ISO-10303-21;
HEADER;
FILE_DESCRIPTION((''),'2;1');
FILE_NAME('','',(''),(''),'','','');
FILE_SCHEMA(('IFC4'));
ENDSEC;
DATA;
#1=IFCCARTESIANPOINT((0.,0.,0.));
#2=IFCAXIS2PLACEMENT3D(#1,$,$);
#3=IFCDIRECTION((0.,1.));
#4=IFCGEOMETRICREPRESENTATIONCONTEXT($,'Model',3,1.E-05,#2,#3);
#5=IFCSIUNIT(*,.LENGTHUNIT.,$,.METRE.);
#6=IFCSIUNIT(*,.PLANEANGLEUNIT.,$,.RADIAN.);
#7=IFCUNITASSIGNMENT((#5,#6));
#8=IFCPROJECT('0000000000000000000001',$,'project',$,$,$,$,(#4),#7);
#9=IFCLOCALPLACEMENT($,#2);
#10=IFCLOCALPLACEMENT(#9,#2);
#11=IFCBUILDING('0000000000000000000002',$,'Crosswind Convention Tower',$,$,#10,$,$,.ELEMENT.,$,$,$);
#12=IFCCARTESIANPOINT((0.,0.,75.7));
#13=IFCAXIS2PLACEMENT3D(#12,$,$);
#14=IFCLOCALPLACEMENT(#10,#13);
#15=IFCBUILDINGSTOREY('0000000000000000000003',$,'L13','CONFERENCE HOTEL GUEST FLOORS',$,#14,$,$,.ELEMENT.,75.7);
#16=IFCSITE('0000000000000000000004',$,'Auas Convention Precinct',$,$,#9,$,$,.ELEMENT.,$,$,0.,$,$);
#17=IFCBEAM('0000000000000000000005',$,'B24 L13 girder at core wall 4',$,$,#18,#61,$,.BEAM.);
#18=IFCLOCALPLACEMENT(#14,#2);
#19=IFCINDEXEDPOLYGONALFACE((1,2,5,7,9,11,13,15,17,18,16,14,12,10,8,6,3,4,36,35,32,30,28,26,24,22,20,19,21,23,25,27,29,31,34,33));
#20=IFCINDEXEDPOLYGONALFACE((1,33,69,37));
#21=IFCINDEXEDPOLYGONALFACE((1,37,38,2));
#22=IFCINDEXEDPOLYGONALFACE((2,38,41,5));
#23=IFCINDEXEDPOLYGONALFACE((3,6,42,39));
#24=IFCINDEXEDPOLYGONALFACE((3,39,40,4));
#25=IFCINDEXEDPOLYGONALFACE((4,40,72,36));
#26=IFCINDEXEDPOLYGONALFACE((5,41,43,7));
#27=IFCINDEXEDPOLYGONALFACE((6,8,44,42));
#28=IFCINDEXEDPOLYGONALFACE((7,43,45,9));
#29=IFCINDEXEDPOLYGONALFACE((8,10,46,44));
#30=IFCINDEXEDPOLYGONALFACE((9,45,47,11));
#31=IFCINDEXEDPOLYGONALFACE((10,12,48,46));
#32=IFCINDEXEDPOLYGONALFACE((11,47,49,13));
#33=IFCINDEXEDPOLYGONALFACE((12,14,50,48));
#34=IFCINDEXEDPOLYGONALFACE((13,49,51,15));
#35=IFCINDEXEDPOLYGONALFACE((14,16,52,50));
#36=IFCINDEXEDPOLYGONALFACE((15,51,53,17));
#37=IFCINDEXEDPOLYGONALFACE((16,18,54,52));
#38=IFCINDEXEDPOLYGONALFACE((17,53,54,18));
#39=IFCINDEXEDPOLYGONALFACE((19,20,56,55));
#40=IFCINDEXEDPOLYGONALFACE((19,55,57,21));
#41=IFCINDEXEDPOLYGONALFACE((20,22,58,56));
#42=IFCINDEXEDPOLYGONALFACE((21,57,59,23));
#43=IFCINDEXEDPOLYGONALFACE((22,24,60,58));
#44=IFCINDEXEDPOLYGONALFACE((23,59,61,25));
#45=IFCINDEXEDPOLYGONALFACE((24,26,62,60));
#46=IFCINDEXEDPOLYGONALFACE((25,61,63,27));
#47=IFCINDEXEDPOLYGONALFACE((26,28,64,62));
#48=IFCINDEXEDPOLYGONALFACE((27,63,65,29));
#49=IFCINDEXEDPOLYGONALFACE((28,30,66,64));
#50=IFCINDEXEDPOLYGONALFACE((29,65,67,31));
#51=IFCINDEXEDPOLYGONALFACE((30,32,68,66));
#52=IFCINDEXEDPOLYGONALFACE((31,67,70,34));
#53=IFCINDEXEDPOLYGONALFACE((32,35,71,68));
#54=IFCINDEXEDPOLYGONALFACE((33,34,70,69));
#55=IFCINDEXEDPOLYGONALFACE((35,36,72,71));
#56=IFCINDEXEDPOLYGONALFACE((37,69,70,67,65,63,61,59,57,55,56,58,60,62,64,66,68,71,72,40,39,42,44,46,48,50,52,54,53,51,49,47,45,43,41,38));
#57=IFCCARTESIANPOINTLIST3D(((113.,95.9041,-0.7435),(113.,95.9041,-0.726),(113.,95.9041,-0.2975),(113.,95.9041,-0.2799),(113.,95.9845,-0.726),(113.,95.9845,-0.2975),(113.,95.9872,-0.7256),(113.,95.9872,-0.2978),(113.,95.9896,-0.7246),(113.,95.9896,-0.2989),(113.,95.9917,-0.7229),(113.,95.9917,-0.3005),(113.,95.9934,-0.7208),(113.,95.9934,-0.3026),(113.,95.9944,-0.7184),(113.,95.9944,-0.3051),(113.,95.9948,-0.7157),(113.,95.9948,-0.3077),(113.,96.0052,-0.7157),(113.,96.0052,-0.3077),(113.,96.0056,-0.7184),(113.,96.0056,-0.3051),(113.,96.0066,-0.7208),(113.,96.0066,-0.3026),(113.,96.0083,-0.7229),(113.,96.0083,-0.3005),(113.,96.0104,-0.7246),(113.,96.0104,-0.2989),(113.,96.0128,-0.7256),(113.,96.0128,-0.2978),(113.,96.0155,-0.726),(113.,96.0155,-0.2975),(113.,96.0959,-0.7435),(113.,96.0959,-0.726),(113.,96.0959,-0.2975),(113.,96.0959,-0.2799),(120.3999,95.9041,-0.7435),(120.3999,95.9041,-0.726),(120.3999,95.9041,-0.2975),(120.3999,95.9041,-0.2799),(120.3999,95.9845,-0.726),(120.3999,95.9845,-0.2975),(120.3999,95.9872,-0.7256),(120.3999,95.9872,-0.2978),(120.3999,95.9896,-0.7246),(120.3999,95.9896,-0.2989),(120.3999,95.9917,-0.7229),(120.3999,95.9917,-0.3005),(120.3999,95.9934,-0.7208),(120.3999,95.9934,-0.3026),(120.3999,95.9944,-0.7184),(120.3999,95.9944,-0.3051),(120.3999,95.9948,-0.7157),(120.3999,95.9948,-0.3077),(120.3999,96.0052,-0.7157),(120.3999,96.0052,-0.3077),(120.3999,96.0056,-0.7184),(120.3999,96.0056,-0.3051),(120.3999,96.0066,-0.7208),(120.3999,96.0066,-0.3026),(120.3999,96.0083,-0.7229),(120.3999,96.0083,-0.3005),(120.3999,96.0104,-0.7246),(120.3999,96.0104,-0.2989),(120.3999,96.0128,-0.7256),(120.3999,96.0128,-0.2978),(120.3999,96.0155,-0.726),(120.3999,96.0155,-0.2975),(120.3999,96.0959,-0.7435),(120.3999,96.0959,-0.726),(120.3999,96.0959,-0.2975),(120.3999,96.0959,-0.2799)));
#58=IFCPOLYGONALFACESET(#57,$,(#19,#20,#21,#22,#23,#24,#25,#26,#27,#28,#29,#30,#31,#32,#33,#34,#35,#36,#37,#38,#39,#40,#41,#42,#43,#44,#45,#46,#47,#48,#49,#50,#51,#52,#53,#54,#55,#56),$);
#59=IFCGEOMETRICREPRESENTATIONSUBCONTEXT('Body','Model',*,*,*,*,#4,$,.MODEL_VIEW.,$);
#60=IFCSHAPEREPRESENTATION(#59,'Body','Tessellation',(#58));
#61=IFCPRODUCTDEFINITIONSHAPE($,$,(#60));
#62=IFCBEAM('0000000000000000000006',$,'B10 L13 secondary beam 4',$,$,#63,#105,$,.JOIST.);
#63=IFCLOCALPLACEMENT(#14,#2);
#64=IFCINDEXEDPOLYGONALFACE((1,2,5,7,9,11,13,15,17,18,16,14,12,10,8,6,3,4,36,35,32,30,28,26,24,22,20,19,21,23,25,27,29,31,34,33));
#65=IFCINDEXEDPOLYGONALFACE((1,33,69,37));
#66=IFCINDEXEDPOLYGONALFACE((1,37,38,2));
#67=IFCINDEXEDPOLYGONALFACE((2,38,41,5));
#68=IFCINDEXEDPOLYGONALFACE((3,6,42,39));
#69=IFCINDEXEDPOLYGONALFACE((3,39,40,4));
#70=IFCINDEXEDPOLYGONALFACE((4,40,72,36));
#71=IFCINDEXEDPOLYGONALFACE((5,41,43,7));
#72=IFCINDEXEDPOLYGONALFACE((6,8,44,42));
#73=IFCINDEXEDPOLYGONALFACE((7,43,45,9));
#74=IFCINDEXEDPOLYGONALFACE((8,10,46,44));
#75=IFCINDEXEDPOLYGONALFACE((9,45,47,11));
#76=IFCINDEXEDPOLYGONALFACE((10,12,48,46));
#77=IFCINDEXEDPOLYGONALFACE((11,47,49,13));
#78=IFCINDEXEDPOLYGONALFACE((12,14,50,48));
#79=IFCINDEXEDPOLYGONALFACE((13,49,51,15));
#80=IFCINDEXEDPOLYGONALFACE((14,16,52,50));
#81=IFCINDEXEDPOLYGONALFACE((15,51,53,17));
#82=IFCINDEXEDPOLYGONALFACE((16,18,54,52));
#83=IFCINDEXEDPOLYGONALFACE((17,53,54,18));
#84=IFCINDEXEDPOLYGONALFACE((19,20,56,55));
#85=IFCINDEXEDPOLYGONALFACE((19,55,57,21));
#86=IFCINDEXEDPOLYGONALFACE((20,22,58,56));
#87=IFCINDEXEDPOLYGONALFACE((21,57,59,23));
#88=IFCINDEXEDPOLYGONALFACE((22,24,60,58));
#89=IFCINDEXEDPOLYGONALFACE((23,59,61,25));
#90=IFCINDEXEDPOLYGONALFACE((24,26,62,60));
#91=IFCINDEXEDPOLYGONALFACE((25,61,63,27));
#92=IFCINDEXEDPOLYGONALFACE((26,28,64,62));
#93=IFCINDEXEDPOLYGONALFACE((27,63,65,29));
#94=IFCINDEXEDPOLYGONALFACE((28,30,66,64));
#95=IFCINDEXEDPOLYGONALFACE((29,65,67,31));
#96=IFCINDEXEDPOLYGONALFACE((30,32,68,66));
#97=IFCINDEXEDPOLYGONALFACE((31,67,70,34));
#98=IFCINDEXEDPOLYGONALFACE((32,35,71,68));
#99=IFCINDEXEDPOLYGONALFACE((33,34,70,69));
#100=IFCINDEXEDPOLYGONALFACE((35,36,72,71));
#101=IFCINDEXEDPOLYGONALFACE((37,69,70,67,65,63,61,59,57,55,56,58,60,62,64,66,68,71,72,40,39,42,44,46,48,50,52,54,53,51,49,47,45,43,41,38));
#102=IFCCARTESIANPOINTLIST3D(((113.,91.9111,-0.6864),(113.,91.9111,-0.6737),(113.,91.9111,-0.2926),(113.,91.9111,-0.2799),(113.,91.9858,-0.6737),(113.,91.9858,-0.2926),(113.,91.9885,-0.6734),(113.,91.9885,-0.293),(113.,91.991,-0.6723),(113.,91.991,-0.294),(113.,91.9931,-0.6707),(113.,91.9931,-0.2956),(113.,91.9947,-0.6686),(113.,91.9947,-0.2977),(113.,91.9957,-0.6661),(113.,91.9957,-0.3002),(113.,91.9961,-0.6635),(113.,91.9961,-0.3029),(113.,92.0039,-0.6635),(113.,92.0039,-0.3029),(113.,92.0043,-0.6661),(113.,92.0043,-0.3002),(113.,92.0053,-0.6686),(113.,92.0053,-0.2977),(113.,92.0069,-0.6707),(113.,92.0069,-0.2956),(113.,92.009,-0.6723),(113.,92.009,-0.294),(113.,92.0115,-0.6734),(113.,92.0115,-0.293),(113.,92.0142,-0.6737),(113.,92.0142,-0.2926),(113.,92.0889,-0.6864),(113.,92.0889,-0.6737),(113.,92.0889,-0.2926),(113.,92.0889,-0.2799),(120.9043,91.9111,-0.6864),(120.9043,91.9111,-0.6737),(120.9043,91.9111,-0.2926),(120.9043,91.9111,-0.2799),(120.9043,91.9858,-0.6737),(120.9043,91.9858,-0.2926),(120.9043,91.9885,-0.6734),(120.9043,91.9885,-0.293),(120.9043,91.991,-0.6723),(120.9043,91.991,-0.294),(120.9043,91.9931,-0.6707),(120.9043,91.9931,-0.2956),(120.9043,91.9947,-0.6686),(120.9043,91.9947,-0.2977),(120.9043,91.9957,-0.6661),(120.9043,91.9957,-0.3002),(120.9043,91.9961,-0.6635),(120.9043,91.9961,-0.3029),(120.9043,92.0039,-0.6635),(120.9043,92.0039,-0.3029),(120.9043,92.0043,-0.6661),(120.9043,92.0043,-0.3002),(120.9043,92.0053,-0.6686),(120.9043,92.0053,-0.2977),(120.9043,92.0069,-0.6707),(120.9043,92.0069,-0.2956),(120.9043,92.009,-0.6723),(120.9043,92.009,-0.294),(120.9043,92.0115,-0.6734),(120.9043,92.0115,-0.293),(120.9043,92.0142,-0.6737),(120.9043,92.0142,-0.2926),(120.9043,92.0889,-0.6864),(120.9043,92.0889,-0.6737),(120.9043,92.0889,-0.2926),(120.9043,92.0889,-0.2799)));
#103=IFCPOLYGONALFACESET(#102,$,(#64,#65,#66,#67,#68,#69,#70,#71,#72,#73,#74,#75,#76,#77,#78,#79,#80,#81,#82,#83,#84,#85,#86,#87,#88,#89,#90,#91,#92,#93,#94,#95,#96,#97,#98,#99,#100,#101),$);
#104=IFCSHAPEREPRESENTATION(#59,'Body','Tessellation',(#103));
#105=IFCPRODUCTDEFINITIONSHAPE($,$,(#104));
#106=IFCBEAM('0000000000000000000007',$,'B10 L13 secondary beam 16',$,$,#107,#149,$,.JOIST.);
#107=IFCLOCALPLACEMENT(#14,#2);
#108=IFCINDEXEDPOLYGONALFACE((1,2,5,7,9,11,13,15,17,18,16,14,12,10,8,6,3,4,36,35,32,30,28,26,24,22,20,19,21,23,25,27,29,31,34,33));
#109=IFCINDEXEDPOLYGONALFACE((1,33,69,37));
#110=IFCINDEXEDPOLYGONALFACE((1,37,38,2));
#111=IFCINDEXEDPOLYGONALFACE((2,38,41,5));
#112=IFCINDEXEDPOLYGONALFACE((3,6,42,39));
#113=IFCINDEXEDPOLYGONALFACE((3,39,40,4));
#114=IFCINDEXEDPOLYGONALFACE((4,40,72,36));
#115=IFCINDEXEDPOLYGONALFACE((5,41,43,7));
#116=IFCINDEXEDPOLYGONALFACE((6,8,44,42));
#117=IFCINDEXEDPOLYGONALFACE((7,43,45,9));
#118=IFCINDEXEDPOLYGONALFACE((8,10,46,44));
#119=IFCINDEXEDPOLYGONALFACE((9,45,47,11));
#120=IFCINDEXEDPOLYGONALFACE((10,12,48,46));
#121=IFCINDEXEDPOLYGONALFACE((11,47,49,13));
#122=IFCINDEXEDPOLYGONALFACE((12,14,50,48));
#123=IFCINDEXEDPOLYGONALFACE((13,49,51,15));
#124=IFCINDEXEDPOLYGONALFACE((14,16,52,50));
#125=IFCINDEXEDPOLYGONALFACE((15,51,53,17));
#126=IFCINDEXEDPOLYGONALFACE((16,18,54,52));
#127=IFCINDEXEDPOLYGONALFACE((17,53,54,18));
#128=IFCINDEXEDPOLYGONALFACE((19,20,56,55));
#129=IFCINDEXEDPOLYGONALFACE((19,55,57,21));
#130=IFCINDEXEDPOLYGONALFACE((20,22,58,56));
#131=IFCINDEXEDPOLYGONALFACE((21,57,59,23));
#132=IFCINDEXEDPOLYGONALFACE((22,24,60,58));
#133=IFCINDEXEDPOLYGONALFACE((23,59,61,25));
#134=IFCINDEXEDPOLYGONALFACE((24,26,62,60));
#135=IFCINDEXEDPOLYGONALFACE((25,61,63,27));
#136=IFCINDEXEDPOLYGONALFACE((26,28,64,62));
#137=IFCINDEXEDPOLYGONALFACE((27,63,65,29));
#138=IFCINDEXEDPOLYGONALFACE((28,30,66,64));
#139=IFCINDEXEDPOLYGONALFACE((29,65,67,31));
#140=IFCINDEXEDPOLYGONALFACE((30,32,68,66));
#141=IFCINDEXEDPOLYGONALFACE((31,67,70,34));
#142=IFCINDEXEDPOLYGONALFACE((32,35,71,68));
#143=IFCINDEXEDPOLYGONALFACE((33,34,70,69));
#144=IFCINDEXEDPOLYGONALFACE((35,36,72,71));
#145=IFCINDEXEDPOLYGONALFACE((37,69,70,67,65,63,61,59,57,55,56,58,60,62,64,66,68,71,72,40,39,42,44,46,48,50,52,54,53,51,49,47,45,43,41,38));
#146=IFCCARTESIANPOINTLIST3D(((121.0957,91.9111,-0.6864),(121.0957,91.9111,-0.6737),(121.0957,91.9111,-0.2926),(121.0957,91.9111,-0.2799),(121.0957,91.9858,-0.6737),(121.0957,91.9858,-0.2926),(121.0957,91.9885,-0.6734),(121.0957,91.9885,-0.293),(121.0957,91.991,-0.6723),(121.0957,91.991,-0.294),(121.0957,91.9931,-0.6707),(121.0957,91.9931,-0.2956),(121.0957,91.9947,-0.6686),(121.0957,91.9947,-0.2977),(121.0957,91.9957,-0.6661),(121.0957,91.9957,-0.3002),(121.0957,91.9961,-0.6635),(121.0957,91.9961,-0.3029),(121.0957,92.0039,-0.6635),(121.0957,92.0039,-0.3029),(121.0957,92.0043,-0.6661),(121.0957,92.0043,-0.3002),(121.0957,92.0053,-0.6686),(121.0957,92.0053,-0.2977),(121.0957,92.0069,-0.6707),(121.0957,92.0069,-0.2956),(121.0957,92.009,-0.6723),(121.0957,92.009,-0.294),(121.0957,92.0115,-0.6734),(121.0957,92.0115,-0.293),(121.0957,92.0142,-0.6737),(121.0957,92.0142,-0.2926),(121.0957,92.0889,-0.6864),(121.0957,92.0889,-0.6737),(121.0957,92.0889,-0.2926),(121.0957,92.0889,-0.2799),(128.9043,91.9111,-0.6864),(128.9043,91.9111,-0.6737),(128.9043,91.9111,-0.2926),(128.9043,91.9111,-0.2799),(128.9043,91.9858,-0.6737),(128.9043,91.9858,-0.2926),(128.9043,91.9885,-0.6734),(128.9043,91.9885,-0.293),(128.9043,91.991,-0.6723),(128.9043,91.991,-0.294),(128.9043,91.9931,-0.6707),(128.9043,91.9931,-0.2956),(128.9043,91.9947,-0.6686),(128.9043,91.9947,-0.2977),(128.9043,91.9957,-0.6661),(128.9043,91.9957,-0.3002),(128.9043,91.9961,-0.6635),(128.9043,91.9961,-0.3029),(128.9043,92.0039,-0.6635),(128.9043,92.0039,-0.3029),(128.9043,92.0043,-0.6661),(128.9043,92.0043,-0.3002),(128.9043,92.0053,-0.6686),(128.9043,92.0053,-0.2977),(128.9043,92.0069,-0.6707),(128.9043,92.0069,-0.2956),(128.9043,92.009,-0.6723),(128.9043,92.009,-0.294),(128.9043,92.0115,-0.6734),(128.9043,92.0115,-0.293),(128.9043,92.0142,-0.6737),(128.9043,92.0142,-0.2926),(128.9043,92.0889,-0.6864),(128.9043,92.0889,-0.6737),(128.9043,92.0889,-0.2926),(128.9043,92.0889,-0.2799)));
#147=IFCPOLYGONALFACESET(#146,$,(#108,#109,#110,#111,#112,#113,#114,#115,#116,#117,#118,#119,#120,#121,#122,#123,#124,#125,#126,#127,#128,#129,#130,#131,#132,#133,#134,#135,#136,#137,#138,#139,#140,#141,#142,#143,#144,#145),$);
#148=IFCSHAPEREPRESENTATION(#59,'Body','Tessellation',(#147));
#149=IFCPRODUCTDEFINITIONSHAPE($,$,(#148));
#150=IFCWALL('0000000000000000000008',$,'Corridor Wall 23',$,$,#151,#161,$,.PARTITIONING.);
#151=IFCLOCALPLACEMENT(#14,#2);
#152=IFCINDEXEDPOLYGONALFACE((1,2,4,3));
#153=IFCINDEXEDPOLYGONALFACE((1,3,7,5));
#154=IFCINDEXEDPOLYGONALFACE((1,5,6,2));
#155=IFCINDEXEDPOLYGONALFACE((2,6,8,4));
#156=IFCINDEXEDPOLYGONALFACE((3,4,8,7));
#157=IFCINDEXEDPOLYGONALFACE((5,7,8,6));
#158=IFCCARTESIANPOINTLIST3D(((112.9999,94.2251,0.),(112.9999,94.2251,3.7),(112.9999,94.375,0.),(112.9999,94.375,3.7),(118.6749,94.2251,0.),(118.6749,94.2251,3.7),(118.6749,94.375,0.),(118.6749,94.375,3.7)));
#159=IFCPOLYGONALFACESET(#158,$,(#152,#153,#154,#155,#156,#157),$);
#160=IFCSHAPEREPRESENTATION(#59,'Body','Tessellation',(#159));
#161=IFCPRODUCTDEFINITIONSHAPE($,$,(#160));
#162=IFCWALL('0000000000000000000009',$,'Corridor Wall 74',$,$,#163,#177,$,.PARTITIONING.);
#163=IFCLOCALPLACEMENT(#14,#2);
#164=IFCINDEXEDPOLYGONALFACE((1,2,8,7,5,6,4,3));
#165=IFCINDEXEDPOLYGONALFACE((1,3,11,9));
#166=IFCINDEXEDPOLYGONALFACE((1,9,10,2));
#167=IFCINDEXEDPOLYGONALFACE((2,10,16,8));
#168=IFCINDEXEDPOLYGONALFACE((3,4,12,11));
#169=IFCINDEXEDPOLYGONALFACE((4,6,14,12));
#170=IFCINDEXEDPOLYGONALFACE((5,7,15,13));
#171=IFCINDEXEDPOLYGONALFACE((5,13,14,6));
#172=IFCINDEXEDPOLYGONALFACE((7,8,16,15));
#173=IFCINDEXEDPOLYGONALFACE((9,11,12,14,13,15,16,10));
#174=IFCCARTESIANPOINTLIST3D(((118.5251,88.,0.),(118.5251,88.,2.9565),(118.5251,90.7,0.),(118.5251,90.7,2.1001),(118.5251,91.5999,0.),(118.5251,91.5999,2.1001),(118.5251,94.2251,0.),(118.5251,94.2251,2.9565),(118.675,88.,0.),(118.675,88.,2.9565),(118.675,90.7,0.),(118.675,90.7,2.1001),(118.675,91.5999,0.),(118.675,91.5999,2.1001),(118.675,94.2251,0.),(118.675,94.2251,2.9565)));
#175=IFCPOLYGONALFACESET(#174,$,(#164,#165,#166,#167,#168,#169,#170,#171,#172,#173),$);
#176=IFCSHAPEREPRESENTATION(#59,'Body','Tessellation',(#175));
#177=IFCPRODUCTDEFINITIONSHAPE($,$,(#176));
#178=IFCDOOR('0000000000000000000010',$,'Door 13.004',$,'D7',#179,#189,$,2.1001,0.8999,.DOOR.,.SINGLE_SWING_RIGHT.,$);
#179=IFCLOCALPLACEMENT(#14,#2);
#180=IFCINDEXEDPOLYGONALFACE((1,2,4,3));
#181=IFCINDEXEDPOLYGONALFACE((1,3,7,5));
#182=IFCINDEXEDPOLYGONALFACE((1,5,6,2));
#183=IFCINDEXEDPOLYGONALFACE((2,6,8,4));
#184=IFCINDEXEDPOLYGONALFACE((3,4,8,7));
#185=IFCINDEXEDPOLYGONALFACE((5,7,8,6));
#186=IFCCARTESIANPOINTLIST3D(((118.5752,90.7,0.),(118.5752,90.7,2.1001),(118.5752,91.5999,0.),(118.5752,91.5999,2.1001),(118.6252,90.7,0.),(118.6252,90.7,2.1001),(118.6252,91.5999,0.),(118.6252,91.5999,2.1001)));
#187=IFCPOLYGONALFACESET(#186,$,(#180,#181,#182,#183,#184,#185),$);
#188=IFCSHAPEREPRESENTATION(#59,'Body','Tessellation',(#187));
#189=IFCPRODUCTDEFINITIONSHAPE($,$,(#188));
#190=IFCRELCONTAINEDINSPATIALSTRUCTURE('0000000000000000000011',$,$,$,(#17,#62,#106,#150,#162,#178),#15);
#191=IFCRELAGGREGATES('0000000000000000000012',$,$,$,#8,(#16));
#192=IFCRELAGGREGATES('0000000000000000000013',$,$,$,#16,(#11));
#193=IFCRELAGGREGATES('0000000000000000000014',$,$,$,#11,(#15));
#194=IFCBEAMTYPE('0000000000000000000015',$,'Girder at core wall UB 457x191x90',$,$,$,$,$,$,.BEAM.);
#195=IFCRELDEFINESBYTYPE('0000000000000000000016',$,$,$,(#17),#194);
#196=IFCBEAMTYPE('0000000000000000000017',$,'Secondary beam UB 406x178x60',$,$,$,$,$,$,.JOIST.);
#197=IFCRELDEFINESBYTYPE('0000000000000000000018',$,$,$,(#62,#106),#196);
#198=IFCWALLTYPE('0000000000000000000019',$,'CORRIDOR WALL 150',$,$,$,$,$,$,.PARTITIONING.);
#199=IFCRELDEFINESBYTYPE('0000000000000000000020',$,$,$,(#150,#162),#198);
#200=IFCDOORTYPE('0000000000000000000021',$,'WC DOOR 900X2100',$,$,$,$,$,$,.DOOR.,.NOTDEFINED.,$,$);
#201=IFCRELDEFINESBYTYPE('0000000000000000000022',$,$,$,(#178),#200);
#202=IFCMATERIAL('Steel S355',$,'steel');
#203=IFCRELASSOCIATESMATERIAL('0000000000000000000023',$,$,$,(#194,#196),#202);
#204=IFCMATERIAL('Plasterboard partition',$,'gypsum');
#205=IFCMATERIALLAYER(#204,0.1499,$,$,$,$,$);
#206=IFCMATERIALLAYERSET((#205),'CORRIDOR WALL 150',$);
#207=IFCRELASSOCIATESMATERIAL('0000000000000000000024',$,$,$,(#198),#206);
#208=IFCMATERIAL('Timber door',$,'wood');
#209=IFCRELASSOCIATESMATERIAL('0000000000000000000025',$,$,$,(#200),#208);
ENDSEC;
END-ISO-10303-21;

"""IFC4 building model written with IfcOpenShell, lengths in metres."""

from ifc_helpers import new_model, si_unit, direction, frame, frame_2d, origin, origin_2d, place, context, subcontext, project, spatial, rectangle, i_section, extrude, material, layer, layer_set, material_profile, profile_set, type_object, element, fill, save


model = new_model("IFC4")

# Units and contexts
model_context = context("Model", 3, precision=1e-05, world=origin(), true_north=direction((0.0, 1.0)))
body_context = subcontext(model_context, "Body", "Model", "MODEL_VIEW")
ifc_project = project(units=[si_unit("LENGTHUNIT", "METRE"), si_unit("PLANEANGLEUNIT", "RADIAN")], contexts=[model_context])

# Site, building, storey
site_placement = place(None, origin())
site = spatial("IfcSite", under=ifc_project, at=site_placement, Name="Auas Convention Precinct", CompositionType="ELEMENT", RefElevation=0.0)
building_placement = place(site_placement, origin())
building = spatial("IfcBuilding", under=site, at=building_placement, Name="Crosswind Convention Tower", CompositionType="ELEMENT")
storey_placement = place(building_placement, frame((0.0, 0.0, 75.7)))
storey = spatial("IfcBuildingStorey", under=building, at=storey_placement, Name="L13", Description="CONFERENCE HOTEL GUEST FLOORS", CompositionType="ELEMENT", Elevation=75.7)

# Beams
ifc_material_1 = material(Name="Steel S355", Category="steel")
ifc_material_profile_1 = material_profile(ifc_material_1, i_section(OverallWidth=0.1919, OverallDepth=0.4636, WebThickness=0.0105, FlangeThickness=0.0176, FilletRadius=0.0103, at=origin_2d()), Name="UB 457x191x90")
ifc_profile_set_1 = profile_set([ifc_material_profile_1], Name="Steel S355")
beam_type_1 = type_object("IfcBeamType", Name="Girder at core wall UB 457x191x90", PredefinedType="BEAM", material=ifc_profile_set_1)
for number, where, z_axis, x_axis, name in (
    (1, (113.0, 96.0, -0.5117), (1.0, 0.0, 0.0), (0.0, 1.0, 0.0), "B24 L13 girder at core wall 4"),
):
    element("IfcBeam", number, at=place(storey_placement, frame(where, z_axis=z_axis, x_axis=x_axis)), inside=storey, type_object=beam_type_1, Name=name, PredefinedType="BEAM", context=body_context, shape_type="SweptSolid", body=[
        extrude(i_section(OverallWidth=0.1919, OverallDepth=0.4636, WebThickness=0.0105, FlangeThickness=0.0176, FilletRadius=0.0103, at=origin_2d()), origin(), (0.0, 0.0, 1.0), 7.3999),
    ])
ifc_material_profile_2 = material_profile(ifc_material_1, i_section(OverallWidth=0.1777, OverallDepth=0.4065, WebThickness=0.0078, FlangeThickness=0.0127, FilletRadius=0.0103, at=origin_2d()), Name="UB 406x178x60")
ifc_profile_set_2 = profile_set([ifc_material_profile_2], Name="Steel S355")
beam_type_2 = type_object("IfcBeamType", Name="Secondary beam UB 406x178x60", PredefinedType="JOIST", material=ifc_profile_set_2)
beam_1_placement = place(storey_placement, frame((113.0, 92.0, -0.4832), z_axis=(1.0, 0.0, 0.0), x_axis=(0.0, 1.0, 0.0)))
element("IfcBeam", 2, at=beam_1_placement, inside=storey, type_object=beam_type_2, Name="B10 L13 secondary beam 4", PredefinedType="JOIST", context=body_context, shape_type="SweptSolid", body=[
    extrude(i_section(OverallWidth=0.1777, OverallDepth=0.4065, WebThickness=0.0078, FlangeThickness=0.0127, FilletRadius=0.0103, at=origin_2d()), origin(), (0.0, 0.0, 1.0), 7.9043),
])
beam_2_placement = place(storey_placement, frame((121.0957, 92.0, -0.4832), z_axis=(1.0, 0.0, 0.0), x_axis=(0.0, 1.0, 0.0)))
element("IfcBeam", 3, at=beam_2_placement, inside=storey, type_object=beam_type_2, Name="B10 L13 secondary beam 16", PredefinedType="JOIST", context=body_context, shape_type="SweptSolid", body=[
    extrude(i_section(OverallWidth=0.1777, OverallDepth=0.4065, WebThickness=0.0078, FlangeThickness=0.0127, FilletRadius=0.0103, at=origin_2d()), origin(), (0.0, 0.0, 1.0), 7.8086),
])

# Wall
ifc_material_2 = material(Name="Plasterboard partition", Category="gypsum")
ifc_layer_1 = layer(ifc_material_2, 0.1499)
ifc_layer_set_1 = layer_set([ifc_layer_1], Name="CORRIDOR WALL 150")
wall_type_1 = type_object("IfcWallType", Name="CORRIDOR WALL 150", PredefinedType="PARTITIONING", material=ifc_layer_set_1)
wall_1_placement = place(storey_placement, frame((113.0, 94.3, 0.0), z_axis=(0.0, 0.0, 1.0), x_axis=(1.0, 0.0, 0.0)))
element("IfcWall", 4, at=wall_1_placement, inside=storey, type_object=wall_type_1, Name="Corridor Wall 23", PredefinedType="PARTITIONING", context=body_context, shape_type="SweptSolid", body=[
    extrude(rectangle(XDim=5.675, YDim=0.1499, at=frame_2d((2.8374, 0.0))), origin(), (0.0, 0.0, 1.0), 3.7),
])

# Wall, opening, door
wall_2_placement = place(storey_placement, frame((118.6001, 88.0, 0.0), z_axis=(0.0, 0.0, 1.0), x_axis=(0.0, 1.0, 0.0)))
wall_2 = element("IfcWall", 5, at=wall_2_placement, inside=storey, type_object=wall_type_1, Name="Corridor Wall 74", PredefinedType="PARTITIONING", context=body_context, shape_type="SweptSolid", body=[
    extrude(rectangle(XDim=6.2251, YDim=0.1499, at=frame_2d((3.1125, 0.0))), origin(), (0.0, 0.0, 1.0), 2.9565),
])
opening_1_placement = place(wall_2_placement, frame((2.7, 0.0, 0.0)))
opening_1 = element("IfcOpeningElement", 6, at=opening_1_placement, cuts=wall_2, PredefinedType="OPENING", context=body_context, shape_type="SweptSolid", body=[
    extrude(rectangle(XDim=0.8999, YDim=2.1001, at=frame_2d((0.45, 1.05))), frame((0.0, 0.085, 0.0), z_axis=(0.0, -1.0, 0.0), x_axis=(1.0, 0.0, 0.0)), (0.0, 0.0, 1.0), 0.1699),
])
ifc_material_3 = material(Name="Timber door", Category="wood")
door_type_1 = type_object("IfcDoorType", Name="WC DOOR 900X2100", OperationType="NOTDEFINED", PredefinedType="DOOR", material=ifc_material_3)
door_1_placement = place(opening_1_placement, origin())
door_1 = element("IfcDoor", 7, at=door_1_placement, inside=storey, type_object=door_type_1, Name="Door 13.004", ObjectType="D7", OperationType="SINGLE_SWING_RIGHT", OverallHeight=2.1001, OverallWidth=0.8999, PredefinedType="DOOR", context=body_context, shape_type="SweptSolid", body=[
    extrude(rectangle(XDim=0.8999, YDim=2.1001, at=frame_2d((0.45, 1.05))), frame((0.0, 0.0249, 0.0), z_axis=(0.0, -1.0, 0.0), x_axis=(1.0, 0.0, 0.0)), (0.0, 0.0, 1.0), 0.05),
])
fill(opening_1, door_1)

save(model, "model.ifc")
